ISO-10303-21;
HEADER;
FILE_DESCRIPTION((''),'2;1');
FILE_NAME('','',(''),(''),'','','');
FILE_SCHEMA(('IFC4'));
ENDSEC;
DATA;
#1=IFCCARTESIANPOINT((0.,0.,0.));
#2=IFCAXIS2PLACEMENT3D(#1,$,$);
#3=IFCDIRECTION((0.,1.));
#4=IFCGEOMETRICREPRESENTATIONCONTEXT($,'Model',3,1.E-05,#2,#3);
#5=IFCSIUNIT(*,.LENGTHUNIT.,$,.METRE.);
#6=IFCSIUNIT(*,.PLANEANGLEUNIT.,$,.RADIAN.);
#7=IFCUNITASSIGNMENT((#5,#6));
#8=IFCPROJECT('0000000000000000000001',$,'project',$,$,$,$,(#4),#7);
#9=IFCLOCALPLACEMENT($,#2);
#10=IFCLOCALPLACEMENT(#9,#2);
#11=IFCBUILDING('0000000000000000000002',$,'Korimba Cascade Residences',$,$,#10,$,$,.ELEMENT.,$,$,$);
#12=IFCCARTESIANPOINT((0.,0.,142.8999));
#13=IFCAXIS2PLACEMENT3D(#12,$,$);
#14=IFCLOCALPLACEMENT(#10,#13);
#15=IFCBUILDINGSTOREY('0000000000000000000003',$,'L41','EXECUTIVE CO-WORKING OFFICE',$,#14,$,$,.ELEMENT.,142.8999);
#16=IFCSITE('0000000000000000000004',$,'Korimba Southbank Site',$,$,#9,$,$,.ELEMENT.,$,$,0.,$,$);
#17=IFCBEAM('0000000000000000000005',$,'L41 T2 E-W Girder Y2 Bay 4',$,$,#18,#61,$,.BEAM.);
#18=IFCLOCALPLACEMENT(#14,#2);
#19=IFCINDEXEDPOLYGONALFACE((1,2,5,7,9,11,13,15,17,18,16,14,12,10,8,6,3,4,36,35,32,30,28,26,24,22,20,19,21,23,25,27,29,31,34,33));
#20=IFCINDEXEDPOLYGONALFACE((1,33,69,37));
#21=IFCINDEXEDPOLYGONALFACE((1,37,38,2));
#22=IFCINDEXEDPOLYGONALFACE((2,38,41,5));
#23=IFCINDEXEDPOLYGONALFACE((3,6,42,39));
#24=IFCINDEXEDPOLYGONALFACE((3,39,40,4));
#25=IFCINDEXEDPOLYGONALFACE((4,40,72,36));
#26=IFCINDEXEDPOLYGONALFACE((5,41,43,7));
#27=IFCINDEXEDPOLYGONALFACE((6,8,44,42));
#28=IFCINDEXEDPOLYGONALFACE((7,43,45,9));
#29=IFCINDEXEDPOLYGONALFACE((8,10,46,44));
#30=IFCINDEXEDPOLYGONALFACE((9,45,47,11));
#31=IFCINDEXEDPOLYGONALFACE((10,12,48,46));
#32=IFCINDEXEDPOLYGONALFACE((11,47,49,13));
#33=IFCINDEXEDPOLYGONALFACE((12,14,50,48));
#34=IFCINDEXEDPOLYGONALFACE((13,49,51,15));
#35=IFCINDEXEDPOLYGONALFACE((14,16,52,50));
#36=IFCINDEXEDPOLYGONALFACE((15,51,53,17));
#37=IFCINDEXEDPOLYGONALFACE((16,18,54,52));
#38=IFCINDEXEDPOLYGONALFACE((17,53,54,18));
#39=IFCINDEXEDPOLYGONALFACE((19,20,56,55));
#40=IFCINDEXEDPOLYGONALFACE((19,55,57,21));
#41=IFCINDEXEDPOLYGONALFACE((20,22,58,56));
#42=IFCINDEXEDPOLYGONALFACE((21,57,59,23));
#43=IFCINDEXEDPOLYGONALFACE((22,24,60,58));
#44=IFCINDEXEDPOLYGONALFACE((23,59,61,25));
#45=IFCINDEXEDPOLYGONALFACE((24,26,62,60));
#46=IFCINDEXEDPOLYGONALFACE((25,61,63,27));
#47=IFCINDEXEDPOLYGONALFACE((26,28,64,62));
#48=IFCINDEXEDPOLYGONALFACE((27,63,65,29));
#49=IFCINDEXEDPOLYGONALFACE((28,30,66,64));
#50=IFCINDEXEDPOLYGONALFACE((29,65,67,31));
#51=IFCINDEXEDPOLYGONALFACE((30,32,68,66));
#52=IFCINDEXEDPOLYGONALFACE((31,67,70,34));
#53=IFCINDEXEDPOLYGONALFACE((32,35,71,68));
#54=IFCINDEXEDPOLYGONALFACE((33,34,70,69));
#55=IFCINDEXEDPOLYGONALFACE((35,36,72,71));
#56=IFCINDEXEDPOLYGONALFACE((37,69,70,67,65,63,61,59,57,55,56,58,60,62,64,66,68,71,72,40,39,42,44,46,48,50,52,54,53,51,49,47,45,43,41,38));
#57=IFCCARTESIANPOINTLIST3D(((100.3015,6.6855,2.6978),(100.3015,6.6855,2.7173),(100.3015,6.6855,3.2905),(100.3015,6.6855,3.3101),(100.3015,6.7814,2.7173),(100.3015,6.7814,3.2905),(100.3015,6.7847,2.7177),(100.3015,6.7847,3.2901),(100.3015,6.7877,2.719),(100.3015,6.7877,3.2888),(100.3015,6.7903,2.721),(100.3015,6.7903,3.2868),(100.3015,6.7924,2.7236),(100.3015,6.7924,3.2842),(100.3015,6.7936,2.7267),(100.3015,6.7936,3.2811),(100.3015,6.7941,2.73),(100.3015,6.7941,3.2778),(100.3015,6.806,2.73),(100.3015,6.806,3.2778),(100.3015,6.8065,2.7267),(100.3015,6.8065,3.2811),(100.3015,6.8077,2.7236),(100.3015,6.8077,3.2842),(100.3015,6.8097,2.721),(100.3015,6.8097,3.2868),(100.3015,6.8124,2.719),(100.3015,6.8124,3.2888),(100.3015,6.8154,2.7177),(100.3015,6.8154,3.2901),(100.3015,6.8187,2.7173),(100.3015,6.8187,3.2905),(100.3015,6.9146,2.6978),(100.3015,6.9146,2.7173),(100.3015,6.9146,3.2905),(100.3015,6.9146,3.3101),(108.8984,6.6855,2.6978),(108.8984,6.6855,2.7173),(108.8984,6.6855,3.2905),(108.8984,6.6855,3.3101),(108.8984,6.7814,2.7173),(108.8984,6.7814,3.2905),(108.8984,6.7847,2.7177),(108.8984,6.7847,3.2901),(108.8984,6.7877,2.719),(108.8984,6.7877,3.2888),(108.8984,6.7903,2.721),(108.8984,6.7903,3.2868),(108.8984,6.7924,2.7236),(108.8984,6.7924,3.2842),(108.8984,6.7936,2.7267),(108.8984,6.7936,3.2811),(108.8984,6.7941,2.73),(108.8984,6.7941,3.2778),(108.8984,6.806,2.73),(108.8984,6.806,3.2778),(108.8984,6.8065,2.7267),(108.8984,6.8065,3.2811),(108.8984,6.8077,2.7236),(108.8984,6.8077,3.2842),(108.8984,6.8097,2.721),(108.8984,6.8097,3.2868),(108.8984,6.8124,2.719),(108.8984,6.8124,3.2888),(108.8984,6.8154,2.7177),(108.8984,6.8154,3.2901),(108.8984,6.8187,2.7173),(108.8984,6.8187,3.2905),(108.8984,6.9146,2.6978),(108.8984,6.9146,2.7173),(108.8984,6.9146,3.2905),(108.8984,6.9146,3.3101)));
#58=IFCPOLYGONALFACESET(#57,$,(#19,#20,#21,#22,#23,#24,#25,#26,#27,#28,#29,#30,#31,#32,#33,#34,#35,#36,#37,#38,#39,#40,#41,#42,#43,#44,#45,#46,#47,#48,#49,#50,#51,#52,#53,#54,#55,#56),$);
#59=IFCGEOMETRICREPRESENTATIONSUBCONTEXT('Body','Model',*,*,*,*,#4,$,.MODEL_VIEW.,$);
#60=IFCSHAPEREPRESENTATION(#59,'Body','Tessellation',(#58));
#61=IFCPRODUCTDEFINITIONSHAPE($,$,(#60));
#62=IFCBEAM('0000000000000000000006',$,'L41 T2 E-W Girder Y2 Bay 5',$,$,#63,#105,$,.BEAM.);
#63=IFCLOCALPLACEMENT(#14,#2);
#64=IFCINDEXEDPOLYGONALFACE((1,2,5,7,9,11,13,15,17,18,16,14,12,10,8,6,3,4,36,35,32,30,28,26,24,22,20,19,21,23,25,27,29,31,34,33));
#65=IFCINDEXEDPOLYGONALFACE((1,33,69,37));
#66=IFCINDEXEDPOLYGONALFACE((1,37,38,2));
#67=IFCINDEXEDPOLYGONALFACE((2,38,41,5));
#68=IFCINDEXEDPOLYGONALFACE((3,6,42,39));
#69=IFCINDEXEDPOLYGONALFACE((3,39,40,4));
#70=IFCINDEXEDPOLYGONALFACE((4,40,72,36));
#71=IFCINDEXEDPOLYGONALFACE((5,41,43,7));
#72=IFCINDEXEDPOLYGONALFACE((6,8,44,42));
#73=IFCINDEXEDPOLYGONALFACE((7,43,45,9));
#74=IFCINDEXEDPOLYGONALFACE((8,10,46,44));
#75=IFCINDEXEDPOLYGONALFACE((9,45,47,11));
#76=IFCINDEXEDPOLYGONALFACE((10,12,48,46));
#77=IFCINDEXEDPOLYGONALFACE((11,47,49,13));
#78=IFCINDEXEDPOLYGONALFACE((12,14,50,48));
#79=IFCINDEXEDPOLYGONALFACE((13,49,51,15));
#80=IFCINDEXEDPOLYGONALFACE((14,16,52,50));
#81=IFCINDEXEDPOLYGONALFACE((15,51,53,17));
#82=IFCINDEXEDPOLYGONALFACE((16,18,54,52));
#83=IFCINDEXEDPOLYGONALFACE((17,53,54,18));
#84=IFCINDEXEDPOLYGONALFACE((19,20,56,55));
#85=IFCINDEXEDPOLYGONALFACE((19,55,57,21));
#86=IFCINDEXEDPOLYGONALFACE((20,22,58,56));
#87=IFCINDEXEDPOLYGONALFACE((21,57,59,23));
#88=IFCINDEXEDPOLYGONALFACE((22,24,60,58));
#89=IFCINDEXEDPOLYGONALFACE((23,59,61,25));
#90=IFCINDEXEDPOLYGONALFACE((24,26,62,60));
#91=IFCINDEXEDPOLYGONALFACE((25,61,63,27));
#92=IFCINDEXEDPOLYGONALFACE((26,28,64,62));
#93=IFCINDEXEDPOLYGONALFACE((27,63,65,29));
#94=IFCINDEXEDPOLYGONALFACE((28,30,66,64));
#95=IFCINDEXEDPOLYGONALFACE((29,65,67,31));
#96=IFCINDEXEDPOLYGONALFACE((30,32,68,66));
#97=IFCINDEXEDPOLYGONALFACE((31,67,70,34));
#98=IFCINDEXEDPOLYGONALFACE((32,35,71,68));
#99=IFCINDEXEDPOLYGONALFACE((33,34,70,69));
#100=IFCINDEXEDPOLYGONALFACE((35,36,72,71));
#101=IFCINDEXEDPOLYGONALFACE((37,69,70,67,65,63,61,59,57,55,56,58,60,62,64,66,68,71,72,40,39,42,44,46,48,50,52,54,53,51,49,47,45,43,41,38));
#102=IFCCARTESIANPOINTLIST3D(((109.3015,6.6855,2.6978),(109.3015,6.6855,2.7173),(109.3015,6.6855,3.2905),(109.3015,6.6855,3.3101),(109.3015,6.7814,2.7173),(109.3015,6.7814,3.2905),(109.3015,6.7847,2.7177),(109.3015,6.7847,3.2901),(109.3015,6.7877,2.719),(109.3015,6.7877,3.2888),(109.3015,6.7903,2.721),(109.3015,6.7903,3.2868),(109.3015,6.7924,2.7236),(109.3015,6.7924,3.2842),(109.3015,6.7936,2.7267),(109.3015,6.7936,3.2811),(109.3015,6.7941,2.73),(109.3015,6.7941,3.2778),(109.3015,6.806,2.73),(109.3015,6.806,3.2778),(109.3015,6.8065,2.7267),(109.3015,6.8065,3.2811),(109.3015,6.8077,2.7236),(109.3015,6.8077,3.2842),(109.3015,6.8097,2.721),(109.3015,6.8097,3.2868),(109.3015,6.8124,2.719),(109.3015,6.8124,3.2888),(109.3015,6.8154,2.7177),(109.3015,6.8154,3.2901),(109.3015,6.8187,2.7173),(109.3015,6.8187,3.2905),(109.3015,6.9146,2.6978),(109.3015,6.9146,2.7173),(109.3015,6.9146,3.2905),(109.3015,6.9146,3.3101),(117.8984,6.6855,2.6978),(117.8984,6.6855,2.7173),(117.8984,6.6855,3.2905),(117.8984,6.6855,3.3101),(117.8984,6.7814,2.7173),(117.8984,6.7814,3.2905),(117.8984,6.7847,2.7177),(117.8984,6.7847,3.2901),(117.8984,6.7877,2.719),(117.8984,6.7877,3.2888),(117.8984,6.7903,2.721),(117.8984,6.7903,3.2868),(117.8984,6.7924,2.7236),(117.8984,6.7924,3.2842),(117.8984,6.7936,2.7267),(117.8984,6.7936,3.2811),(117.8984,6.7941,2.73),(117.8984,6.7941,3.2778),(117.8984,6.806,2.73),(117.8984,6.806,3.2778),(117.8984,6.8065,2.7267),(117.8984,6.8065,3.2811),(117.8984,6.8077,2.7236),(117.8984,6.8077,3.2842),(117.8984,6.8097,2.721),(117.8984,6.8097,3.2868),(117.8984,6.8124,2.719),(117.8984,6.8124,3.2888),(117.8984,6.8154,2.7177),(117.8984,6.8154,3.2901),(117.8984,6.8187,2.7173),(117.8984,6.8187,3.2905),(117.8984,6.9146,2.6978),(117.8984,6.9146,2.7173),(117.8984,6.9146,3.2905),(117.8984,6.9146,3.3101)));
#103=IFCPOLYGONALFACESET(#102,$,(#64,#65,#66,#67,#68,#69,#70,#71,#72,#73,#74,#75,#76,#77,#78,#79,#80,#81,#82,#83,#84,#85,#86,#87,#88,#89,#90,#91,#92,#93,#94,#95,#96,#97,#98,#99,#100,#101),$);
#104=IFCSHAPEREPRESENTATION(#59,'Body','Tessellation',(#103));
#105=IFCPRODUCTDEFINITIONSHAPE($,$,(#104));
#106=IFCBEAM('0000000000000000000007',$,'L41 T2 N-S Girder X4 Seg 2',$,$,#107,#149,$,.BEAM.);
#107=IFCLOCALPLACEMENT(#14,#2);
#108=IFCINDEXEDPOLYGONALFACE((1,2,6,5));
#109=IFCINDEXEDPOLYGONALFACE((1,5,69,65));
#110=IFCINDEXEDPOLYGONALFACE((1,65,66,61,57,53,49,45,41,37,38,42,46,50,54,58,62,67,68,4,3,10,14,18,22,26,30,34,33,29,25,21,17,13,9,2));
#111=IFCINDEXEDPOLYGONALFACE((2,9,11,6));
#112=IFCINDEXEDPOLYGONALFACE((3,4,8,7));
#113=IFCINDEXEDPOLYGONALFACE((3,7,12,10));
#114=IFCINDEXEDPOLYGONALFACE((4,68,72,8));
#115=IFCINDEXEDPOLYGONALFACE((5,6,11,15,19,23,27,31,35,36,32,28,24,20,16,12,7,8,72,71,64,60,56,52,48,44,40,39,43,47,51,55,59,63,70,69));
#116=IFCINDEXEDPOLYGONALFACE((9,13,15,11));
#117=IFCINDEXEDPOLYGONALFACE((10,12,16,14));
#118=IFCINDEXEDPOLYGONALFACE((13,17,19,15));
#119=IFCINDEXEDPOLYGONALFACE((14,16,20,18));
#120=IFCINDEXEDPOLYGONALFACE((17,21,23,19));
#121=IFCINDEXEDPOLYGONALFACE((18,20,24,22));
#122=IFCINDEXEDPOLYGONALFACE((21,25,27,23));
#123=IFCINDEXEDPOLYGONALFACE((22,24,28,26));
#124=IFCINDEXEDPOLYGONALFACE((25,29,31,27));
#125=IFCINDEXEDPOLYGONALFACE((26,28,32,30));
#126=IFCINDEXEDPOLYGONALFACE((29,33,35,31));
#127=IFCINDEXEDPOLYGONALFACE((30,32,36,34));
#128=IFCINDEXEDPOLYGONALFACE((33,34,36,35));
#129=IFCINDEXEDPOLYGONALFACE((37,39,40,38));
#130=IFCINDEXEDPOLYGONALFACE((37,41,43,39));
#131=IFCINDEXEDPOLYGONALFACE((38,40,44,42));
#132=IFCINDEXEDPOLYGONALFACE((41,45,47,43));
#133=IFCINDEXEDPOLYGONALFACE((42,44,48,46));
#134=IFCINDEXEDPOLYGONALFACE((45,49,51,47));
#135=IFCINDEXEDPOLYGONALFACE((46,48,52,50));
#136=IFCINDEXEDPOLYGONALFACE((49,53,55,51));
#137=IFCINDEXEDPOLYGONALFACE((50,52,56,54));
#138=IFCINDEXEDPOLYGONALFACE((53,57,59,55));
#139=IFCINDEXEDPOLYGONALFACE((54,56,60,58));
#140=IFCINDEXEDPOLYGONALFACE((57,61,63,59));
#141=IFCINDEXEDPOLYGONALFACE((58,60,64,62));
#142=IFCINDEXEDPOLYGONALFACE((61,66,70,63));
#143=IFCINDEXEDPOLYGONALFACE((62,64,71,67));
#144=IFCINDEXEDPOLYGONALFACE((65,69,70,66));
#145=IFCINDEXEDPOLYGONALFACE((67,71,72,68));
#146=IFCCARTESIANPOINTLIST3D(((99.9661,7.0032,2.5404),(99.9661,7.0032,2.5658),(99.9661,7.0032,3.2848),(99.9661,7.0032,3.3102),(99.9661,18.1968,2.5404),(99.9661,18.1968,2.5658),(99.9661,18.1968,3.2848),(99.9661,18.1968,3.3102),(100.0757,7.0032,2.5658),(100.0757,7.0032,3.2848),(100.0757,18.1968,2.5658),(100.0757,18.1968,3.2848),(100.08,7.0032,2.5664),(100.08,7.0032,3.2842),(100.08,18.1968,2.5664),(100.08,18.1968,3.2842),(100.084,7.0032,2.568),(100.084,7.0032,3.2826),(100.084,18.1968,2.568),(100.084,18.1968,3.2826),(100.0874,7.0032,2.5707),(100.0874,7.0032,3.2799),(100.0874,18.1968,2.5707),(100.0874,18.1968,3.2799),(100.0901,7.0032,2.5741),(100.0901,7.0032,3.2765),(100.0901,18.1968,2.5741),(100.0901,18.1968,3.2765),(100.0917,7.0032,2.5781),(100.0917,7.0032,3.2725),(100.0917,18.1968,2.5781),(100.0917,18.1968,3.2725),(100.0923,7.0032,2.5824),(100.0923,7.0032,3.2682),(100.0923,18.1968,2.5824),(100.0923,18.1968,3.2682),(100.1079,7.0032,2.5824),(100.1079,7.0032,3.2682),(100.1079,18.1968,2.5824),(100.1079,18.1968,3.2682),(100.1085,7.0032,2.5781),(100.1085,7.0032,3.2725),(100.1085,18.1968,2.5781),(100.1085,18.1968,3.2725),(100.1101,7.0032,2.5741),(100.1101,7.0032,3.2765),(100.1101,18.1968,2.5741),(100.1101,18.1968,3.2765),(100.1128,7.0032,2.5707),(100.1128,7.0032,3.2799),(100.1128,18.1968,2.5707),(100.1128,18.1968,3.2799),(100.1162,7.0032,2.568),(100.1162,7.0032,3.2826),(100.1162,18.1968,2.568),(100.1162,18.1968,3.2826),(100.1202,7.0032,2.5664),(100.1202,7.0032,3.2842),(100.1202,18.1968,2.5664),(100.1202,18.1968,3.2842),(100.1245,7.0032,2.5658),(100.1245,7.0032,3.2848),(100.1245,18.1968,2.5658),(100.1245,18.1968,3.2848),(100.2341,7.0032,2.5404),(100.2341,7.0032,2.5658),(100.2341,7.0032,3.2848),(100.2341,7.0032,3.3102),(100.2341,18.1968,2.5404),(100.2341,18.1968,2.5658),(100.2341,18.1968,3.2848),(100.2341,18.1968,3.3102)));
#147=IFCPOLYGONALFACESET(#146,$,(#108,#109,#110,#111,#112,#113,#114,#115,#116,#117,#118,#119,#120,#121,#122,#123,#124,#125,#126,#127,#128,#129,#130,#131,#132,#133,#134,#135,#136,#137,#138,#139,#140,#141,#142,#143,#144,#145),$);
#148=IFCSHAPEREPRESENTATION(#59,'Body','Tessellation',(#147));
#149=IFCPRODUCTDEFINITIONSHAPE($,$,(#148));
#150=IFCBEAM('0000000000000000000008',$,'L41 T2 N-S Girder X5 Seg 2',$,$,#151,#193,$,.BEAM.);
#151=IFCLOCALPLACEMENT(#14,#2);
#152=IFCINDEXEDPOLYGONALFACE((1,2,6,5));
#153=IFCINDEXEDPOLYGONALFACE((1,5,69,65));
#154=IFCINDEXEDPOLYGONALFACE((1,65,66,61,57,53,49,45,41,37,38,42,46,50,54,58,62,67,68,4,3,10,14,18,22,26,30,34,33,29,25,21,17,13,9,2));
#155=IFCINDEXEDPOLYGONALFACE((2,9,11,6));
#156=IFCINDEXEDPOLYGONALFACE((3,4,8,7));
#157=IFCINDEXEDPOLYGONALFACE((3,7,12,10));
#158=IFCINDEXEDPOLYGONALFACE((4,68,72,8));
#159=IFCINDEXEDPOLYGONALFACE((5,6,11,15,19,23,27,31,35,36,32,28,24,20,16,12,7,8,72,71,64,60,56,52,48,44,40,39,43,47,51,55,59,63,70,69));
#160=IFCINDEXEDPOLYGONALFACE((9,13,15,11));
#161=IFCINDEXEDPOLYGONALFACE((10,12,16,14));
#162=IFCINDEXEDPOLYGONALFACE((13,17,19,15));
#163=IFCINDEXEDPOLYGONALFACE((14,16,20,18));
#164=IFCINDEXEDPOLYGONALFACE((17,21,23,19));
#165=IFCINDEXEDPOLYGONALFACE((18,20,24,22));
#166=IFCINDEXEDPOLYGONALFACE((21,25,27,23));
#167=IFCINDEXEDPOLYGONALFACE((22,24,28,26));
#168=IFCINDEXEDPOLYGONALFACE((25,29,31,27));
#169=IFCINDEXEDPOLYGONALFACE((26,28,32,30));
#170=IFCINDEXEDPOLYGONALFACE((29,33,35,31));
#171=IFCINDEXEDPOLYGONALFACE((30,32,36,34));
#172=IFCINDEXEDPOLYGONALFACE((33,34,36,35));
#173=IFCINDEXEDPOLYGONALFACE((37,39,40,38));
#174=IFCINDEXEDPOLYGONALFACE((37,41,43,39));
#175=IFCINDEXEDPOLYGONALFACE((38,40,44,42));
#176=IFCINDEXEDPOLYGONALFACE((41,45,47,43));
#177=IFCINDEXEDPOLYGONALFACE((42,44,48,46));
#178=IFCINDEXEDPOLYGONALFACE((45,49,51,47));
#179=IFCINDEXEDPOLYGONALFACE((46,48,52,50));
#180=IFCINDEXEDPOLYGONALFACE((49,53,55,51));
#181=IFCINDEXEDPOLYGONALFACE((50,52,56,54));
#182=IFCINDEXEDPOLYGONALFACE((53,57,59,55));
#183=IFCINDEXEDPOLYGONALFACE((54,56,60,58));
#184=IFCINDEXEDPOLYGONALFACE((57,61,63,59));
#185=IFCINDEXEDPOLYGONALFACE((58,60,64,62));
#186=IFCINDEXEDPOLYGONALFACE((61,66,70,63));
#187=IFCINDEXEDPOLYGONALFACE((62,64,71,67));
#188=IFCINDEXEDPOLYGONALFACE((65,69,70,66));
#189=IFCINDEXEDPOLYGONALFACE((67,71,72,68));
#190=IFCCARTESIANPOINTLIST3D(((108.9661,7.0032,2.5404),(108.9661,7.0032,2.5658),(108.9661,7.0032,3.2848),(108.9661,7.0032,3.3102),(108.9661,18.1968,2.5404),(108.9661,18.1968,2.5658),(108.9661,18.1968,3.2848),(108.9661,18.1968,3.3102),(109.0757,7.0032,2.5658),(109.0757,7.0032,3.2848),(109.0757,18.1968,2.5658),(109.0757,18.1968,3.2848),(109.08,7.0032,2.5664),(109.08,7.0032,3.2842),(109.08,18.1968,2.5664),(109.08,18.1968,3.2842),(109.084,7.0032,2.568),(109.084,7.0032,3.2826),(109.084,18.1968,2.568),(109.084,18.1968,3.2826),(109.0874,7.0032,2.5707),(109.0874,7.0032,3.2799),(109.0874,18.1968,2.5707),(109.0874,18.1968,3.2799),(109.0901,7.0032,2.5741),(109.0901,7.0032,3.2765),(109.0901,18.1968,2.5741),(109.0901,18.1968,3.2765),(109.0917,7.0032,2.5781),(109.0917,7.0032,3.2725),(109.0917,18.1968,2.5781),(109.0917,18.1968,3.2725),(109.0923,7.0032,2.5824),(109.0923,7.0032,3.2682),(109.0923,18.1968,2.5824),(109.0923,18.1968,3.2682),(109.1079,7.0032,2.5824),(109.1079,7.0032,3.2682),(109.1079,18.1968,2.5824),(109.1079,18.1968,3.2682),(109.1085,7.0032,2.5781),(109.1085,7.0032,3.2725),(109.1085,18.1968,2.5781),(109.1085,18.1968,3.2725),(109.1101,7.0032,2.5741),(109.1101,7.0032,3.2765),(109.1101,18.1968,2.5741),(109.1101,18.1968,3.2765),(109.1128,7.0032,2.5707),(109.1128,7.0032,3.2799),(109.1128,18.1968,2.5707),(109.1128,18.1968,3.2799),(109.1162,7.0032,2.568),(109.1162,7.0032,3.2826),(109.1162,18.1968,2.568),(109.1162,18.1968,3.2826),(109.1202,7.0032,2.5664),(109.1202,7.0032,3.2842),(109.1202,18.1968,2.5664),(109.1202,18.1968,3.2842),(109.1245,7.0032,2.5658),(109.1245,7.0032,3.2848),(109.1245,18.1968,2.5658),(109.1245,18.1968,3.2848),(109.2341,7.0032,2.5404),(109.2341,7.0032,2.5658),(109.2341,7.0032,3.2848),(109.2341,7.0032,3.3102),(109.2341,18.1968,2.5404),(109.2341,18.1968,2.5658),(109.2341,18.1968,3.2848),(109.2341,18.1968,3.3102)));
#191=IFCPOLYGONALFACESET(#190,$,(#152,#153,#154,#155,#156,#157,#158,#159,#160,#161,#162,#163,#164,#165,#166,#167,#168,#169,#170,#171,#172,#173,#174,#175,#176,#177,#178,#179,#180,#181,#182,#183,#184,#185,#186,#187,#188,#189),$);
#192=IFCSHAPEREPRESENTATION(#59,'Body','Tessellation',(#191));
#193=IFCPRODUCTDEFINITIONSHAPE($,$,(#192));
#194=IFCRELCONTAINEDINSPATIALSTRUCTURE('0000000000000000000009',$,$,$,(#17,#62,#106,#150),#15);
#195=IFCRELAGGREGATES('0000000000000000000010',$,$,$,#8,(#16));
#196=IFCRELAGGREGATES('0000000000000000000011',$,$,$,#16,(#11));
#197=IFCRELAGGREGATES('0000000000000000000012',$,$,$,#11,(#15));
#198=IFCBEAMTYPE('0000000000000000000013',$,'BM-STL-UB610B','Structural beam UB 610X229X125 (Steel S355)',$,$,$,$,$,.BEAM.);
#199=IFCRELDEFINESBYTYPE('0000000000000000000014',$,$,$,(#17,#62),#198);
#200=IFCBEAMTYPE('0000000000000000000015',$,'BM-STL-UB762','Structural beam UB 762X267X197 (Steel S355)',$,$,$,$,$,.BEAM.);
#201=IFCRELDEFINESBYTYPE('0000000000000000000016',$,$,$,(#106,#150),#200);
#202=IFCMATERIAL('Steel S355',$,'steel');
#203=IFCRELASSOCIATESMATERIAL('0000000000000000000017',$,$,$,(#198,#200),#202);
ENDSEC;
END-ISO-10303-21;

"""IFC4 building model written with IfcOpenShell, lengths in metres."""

from ifc_helpers import new_model, si_unit, direction, frame, origin, origin_2d, place, context, subcontext, project, spatial, i_section, extrude, material, material_profile, profile_set, type_object, element, save


model = new_model("IFC4")

# Units and contexts
model_context = context("Model", 3, precision=1e-05, world=origin(), true_north=direction((0.0, 1.0)))
body_context = subcontext(model_context, "Body", "Model", "MODEL_VIEW")
ifc_project = project(units=[si_unit("LENGTHUNIT", "METRE"), si_unit("PLANEANGLEUNIT", "RADIAN")], contexts=[model_context])

# Site, building, storey
site_placement = place(None, origin())
site = spatial("IfcSite", under=ifc_project, at=site_placement, Name="Korimba Southbank Site", CompositionType="ELEMENT", RefElevation=0.0)
building_placement = place(site_placement, origin())
building = spatial("IfcBuilding", under=site, at=building_placement, Name="Korimba Cascade Residences", CompositionType="ELEMENT")
storey_placement = place(building_placement, frame((0.0, 0.0, 142.8999)))
storey = spatial("IfcBuildingStorey", under=building, at=storey_placement, Name="L41", Description="EXECUTIVE CO-WORKING OFFICE", CompositionType="ELEMENT", Elevation=142.8999)

# Beams
ifc_material_1 = material(Name="Steel S355", Category="steel")
ifc_material_profile_1 = material_profile(ifc_material_1, i_section(OverallWidth=0.229, OverallDepth=0.6123, WebThickness=0.012, FlangeThickness=0.0195, FilletRadius=0.0127, at=origin_2d()), Name="Steel S355")
ifc_profile_set_1 = profile_set([ifc_material_profile_1], Name="Steel S355")
beam_type_1 = type_object("IfcBeamType", Name="BM-STL-UB610B", Description="Structural beam UB 610X229X125 (Steel S355)", PredefinedType="BEAM", material=ifc_profile_set_1)
for number, where, z_axis, x_axis, name in (
    (1, (100.3015, 6.8, 3.0039), (1.0, 0.0, 0.0), (0.0, 1.0, 0.0), "L41 T2 E-W Girder Y2 Bay 4"),
    (2, (109.3015, 6.8, 3.0039), (1.0, 0.0, 0.0), (0.0, 1.0, 0.0), "L41 T2 E-W Girder Y2 Bay 5"),
):
    element("IfcBeam", number, at=place(storey_placement, frame(where, z_axis=z_axis, x_axis=x_axis)), inside=storey, type_object=beam_type_1, Name=name, PredefinedType="BEAM", context=body_context, shape_type="SweptSolid", body=[
        extrude(i_section(OverallWidth=0.229, OverallDepth=0.6123, WebThickness=0.012, FlangeThickness=0.0195, FilletRadius=0.0127, at=origin_2d()), origin(), (0.0, 0.0, 1.0), 8.5969),
    ])
ifc_material_profile_2 = material_profile(ifc_material_1, i_section(OverallWidth=0.2681, OverallDepth=0.7698, WebThickness=0.0156, FlangeThickness=0.0254, FilletRadius=0.0166, at=origin_2d()), Name="Steel S355")
ifc_profile_set_2 = profile_set([ifc_material_profile_2], Name="Steel S355")
beam_type_2 = type_object("IfcBeamType", Name="BM-STL-UB762", Description="Structural beam UB 762X267X197 (Steel S355)", PredefinedType="BEAM", material=ifc_profile_set_2)
for number, where, z_axis, x_axis, name in (
    (3, (100.1001, 7.0032, 2.9253), (0.0, 1.0, 0.0), (-1.0, 0.0, 0.0), "L41 T2 N-S Girder X4 Seg 2"),
    (4, (109.1001, 7.0032, 2.9253), (0.0, 1.0, 0.0), (-1.0, 0.0, 0.0), "L41 T2 N-S Girder X5 Seg 2"),
):
    element("IfcBeam", number, at=place(storey_placement, frame(where, z_axis=z_axis, x_axis=x_axis)), inside=storey, type_object=beam_type_2, Name=name, PredefinedType="BEAM", context=body_context, shape_type="SweptSolid", body=[
        extrude(i_section(OverallWidth=0.2681, OverallDepth=0.7698, WebThickness=0.0156, FlangeThickness=0.0254, FilletRadius=0.0166, at=origin_2d()), origin(), (0.0, 0.0, 1.0), 11.1936),
    ])

save(model, "model.ifc")
